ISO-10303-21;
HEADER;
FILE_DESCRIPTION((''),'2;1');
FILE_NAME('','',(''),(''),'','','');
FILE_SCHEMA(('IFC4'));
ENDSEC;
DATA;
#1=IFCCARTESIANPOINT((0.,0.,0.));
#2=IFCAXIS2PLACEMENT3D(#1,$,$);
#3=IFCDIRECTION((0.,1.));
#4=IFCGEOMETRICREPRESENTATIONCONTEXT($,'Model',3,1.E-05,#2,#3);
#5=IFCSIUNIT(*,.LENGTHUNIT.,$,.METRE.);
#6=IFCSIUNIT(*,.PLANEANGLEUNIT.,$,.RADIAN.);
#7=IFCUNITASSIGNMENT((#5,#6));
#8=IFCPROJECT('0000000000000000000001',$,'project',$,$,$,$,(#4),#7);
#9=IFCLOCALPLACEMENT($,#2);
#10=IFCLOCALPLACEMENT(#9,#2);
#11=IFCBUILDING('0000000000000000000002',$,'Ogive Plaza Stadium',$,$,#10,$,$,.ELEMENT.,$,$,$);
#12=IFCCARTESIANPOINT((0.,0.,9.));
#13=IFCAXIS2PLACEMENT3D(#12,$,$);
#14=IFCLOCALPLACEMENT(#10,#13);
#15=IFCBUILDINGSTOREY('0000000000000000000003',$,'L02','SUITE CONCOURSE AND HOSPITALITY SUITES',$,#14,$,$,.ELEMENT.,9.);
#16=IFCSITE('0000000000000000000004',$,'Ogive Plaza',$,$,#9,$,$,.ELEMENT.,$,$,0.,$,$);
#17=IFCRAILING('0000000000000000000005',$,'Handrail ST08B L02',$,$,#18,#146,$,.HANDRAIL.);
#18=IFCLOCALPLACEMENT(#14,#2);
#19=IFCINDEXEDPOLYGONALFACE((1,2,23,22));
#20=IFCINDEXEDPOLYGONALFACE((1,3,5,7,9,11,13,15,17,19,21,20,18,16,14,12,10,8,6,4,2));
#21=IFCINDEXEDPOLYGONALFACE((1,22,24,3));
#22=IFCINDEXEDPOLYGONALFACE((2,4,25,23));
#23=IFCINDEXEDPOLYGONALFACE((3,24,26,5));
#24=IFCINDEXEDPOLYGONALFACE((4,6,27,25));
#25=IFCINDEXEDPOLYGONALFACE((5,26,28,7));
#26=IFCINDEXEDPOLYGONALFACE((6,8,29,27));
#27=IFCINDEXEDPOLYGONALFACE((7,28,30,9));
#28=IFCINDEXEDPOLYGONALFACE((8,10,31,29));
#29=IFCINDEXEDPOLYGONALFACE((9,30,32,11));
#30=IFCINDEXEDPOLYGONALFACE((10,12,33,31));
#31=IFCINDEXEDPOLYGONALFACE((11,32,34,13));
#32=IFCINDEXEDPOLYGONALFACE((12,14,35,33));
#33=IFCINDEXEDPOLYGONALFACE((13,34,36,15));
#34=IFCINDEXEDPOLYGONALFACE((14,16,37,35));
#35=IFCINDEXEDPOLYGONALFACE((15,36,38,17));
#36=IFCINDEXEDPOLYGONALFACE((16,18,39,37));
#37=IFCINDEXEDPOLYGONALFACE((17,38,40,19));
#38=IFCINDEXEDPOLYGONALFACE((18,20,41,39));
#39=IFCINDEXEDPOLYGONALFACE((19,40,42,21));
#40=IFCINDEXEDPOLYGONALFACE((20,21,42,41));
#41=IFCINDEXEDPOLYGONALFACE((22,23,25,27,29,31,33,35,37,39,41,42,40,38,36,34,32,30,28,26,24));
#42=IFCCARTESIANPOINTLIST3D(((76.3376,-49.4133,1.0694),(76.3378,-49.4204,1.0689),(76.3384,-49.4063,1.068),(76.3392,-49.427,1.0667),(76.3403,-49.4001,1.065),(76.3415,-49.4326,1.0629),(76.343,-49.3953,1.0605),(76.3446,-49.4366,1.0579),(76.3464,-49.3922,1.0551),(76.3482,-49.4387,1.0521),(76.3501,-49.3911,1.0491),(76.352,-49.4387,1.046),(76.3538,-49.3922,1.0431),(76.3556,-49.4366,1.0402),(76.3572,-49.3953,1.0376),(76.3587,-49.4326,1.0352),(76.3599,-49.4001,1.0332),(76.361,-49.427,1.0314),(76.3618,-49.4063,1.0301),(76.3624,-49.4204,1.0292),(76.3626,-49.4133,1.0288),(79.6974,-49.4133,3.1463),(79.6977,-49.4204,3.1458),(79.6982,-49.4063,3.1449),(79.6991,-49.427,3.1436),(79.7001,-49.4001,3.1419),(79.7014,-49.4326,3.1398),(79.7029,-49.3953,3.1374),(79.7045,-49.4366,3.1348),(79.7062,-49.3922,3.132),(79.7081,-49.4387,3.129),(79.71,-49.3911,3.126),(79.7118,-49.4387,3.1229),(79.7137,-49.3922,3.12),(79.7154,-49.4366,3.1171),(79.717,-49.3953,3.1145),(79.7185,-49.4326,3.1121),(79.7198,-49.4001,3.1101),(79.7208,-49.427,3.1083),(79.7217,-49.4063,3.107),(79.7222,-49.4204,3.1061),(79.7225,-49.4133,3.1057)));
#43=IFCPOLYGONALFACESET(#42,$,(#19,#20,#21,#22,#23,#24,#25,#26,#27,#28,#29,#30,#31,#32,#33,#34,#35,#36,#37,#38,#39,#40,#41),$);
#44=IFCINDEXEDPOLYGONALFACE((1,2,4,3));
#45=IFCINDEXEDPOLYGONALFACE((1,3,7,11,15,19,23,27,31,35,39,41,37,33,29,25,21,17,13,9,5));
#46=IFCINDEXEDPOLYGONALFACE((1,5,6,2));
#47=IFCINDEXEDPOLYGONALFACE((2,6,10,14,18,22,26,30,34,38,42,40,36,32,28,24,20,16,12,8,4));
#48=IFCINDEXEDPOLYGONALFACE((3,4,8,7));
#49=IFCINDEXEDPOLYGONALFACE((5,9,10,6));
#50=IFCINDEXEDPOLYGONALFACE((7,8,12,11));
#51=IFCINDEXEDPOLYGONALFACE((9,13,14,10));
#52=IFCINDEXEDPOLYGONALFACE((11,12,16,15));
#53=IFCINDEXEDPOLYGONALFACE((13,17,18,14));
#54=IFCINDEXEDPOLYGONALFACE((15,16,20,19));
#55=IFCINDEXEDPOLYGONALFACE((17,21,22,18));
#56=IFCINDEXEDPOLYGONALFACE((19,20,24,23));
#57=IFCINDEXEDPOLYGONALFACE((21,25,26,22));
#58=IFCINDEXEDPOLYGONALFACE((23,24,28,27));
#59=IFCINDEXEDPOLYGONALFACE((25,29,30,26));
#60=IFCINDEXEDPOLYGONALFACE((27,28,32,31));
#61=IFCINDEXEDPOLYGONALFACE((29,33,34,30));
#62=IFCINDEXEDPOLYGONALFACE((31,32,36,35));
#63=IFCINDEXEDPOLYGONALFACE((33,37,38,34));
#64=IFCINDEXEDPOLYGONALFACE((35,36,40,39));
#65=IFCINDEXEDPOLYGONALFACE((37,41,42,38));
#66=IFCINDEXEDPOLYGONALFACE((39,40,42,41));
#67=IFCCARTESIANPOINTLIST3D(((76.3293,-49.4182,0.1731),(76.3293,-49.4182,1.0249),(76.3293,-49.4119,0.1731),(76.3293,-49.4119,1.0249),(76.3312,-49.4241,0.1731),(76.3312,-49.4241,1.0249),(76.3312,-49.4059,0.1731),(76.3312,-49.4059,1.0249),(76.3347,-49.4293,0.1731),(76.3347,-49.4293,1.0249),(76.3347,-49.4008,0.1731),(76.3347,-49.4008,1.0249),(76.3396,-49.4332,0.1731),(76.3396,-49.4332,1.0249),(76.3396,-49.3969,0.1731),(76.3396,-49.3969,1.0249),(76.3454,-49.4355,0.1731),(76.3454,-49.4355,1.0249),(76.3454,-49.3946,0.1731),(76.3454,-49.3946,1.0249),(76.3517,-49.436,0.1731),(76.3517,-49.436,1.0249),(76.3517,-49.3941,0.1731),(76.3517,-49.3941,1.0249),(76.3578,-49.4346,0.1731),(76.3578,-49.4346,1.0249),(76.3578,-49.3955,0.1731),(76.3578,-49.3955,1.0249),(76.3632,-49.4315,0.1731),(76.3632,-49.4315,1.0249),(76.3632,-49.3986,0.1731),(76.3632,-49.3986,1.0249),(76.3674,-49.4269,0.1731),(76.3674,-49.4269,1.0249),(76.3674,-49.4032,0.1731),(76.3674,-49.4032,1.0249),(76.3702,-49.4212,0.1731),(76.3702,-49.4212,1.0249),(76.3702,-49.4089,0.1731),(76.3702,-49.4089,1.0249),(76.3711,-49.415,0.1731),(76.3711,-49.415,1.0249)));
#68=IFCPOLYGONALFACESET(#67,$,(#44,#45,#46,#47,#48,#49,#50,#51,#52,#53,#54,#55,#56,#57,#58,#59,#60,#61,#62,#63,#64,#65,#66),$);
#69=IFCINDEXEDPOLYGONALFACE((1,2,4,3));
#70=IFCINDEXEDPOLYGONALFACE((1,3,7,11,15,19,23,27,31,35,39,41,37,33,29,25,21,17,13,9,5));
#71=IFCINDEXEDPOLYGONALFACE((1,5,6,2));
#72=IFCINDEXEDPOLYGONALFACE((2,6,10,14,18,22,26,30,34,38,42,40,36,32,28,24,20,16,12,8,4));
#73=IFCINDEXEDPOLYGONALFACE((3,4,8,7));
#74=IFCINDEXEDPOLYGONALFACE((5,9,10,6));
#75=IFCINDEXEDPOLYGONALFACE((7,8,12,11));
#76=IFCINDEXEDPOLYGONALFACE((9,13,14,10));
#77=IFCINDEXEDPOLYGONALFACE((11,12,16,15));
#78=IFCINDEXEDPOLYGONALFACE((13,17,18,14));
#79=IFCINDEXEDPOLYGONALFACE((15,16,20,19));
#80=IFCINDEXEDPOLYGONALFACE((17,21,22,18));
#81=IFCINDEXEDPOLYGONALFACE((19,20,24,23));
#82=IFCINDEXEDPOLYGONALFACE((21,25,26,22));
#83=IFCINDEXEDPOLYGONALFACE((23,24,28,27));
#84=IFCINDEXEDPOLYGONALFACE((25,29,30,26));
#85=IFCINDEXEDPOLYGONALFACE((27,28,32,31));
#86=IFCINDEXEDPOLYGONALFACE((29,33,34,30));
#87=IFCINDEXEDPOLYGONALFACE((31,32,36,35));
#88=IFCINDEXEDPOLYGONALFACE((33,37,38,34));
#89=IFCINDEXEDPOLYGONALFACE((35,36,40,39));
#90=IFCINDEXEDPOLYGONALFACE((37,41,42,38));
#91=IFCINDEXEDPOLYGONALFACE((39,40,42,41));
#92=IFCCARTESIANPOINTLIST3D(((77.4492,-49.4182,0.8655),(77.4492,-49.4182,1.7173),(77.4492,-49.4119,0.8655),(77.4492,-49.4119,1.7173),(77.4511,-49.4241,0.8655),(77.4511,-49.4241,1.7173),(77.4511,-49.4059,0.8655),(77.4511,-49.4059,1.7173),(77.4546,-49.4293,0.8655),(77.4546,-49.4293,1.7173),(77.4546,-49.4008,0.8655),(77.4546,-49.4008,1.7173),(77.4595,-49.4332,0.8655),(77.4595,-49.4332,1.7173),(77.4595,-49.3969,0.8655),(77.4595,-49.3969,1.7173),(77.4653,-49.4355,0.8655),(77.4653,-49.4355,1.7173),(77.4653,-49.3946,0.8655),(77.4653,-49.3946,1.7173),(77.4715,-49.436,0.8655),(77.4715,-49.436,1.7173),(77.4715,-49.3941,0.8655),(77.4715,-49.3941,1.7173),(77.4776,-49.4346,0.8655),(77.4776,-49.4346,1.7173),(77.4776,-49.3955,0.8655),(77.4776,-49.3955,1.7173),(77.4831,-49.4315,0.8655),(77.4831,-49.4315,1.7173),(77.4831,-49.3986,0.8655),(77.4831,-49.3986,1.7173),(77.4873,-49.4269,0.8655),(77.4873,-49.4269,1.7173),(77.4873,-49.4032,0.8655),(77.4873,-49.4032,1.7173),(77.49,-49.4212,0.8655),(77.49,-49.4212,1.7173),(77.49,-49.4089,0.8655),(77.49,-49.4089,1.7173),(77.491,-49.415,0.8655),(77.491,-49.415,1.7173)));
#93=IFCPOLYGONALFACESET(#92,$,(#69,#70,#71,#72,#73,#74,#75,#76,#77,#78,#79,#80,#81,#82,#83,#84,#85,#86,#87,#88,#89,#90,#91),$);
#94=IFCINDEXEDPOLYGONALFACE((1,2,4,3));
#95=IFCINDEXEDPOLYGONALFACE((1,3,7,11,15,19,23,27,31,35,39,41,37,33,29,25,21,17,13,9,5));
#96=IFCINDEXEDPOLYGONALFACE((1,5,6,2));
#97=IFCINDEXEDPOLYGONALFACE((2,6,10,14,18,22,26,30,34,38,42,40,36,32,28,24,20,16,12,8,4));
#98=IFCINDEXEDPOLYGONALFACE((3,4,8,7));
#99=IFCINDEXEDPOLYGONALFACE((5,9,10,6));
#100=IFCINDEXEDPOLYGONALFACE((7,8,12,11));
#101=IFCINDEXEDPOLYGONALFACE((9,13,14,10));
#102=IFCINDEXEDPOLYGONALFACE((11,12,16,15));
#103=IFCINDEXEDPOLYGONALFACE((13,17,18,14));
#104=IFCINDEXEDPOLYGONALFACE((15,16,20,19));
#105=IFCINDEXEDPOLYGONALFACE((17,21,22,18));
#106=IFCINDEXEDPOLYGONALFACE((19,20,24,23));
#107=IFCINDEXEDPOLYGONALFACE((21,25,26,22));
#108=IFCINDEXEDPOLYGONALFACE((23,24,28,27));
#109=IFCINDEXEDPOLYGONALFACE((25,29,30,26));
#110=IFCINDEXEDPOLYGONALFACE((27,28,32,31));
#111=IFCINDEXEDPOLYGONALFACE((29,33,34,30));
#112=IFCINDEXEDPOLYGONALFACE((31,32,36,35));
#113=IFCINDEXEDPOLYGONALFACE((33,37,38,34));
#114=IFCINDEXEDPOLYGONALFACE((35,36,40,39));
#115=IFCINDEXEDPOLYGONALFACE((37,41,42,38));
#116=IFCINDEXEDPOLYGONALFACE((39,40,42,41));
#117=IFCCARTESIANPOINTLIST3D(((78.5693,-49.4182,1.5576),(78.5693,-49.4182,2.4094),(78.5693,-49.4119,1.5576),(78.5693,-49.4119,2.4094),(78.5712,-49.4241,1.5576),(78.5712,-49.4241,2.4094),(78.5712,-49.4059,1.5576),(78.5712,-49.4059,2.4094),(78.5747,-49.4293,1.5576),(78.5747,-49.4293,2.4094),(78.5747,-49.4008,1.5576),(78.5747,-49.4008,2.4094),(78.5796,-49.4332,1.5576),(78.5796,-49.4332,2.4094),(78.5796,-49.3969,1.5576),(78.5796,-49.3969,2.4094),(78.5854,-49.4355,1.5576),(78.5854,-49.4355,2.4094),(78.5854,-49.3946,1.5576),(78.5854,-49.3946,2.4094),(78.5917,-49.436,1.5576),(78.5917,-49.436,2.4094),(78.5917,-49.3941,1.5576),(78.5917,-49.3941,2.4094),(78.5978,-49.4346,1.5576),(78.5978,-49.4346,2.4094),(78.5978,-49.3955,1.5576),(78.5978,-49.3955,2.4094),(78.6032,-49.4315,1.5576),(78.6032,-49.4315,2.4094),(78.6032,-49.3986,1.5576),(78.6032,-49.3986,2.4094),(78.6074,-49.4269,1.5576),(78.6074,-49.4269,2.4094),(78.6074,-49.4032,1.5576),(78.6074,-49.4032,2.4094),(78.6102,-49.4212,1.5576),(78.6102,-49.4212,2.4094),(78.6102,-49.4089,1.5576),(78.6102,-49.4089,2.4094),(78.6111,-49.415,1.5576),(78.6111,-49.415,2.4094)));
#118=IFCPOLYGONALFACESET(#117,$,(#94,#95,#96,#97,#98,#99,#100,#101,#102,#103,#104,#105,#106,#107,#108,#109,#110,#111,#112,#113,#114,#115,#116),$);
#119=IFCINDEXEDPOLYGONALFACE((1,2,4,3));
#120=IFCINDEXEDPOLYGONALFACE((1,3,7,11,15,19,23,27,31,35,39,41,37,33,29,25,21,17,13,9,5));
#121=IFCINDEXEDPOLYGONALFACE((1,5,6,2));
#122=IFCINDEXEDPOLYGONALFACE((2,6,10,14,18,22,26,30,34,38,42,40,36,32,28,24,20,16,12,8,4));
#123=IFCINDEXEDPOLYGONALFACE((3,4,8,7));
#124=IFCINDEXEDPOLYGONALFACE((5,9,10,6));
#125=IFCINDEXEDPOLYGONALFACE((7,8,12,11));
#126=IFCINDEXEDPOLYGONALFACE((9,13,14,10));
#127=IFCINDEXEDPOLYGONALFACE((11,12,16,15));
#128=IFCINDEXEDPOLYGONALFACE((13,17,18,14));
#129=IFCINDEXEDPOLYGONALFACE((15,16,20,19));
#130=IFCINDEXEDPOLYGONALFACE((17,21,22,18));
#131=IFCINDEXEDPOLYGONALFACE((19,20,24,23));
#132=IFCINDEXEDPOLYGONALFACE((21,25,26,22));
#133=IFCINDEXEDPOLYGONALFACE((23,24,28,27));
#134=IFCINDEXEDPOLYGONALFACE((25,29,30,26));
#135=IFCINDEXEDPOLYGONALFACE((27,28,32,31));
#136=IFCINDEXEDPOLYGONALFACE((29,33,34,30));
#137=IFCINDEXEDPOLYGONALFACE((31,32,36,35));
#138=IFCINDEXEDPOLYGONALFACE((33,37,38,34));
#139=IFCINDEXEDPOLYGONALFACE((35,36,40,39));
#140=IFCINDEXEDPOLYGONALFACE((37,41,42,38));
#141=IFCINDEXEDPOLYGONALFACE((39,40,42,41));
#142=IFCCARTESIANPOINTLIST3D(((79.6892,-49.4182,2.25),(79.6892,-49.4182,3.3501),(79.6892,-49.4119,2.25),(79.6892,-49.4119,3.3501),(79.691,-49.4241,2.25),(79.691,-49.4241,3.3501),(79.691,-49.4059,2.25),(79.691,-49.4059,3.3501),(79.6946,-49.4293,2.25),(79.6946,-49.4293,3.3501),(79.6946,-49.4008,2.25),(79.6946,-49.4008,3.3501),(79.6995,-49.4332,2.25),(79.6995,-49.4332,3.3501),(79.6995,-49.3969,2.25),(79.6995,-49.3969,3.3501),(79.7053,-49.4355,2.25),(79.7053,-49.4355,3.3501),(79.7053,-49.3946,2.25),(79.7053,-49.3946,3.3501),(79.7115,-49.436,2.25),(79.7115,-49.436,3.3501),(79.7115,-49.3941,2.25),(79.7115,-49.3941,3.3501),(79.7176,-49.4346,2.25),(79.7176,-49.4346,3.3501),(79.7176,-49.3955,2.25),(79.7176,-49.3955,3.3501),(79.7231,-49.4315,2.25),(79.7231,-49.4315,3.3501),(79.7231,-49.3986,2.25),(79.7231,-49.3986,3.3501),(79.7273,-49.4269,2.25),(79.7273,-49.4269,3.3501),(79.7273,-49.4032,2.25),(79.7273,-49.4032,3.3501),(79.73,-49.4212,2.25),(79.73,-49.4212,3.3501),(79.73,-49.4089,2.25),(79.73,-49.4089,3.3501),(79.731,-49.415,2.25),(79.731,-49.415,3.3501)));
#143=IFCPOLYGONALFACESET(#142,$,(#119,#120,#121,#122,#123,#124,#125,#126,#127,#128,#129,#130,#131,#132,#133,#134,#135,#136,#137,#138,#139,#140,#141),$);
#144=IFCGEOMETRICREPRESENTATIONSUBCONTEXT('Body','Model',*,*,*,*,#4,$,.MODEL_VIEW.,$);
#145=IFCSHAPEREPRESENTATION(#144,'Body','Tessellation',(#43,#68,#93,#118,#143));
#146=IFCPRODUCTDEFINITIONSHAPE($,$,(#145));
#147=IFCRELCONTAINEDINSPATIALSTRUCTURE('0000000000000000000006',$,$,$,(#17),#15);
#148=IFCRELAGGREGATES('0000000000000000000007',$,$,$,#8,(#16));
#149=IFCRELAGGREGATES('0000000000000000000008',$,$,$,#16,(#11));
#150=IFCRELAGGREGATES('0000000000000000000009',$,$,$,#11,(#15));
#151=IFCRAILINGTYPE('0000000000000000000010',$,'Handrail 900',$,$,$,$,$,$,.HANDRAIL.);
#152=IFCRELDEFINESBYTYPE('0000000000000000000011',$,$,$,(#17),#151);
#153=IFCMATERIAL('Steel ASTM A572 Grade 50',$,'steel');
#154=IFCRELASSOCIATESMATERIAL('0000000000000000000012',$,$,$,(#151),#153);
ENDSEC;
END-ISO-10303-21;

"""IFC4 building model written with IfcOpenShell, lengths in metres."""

from ifc_helpers import new_model, si_unit, direction, frame, origin, origin_2d, place, context, subcontext, project, spatial, circle, extrude, material, type_object, element, save


model = new_model("IFC4")

# Units and contexts
model_context = context("Model", 3, precision=1e-05, world=origin(), true_north=direction((0.0, 1.0)))
body_context = subcontext(model_context, "Body", "Model", "MODEL_VIEW")
ifc_project = project(units=[si_unit("LENGTHUNIT", "METRE"), si_unit("PLANEANGLEUNIT", "RADIAN")], contexts=[model_context])

# Site, building, storey
site_placement = place(None, origin())
site = spatial("IfcSite", under=ifc_project, at=site_placement, Name="Ogive Plaza", CompositionType="ELEMENT", RefElevation=0.0)
building_placement = place(site_placement, origin())
building = spatial("IfcBuilding", under=site, at=building_placement, Name="Ogive Plaza Stadium", CompositionType="ELEMENT")
storey_placement = place(building_placement, frame((0.0, 0.0, 9.0)))
storey = spatial("IfcBuildingStorey", under=building, at=storey_placement, Name="L02", Description="SUITE CONCOURSE AND HOSPITALITY SUITES", CompositionType="ELEMENT", Elevation=9.0)

# Railing
ifc_material_1 = material(Name="Steel ASTM A572 Grade 50", Category="steel")
railing_type_1 = type_object("IfcRailingType", Name="Handrail 900", PredefinedType="HANDRAIL", material=ifc_material_1)
for number, where, name in (
    (1, (76.3501, -49.415, 0.1731), "Handrail ST08B L02"),
):
    element("IfcRailing", number, at=place(storey_placement, frame(where)), inside=storey, type_object=railing_type_1, Name=name, PredefinedType="HANDRAIL", context=body_context, shape_type="SweptSolid", body=[
        extrude(circle(Radius=0.0239, at=origin_2d()), frame((0.0, 0.0, 0.876), z_axis=(0.850606, 0.0, 0.525803), x_axis=(0.0, 1.0, 0.0)), (0.0, 0.0, 1.0), 3.95),
        extrude(circle(Radius=0.021, at=origin_2d()), origin(), (0.0, 0.0, 1.0), 0.8518),
        extrude(circle(Radius=0.021, at=origin_2d()), frame((1.1199, 0.0, 0.6924)), (0.0, 0.0, 1.0), 0.8518),
        extrude(circle(Radius=0.021, at=origin_2d()), frame((2.24, 0.0, 1.3845)), (0.0, 0.0, 1.0), 0.8518),
        extrude(circle(Radius=0.021, at=origin_2d()), frame((3.3599, 0.0, 2.0769)), (0.0, 0.0, 1.0), 1.1001),
    ])

save(model, "model.ifc")
